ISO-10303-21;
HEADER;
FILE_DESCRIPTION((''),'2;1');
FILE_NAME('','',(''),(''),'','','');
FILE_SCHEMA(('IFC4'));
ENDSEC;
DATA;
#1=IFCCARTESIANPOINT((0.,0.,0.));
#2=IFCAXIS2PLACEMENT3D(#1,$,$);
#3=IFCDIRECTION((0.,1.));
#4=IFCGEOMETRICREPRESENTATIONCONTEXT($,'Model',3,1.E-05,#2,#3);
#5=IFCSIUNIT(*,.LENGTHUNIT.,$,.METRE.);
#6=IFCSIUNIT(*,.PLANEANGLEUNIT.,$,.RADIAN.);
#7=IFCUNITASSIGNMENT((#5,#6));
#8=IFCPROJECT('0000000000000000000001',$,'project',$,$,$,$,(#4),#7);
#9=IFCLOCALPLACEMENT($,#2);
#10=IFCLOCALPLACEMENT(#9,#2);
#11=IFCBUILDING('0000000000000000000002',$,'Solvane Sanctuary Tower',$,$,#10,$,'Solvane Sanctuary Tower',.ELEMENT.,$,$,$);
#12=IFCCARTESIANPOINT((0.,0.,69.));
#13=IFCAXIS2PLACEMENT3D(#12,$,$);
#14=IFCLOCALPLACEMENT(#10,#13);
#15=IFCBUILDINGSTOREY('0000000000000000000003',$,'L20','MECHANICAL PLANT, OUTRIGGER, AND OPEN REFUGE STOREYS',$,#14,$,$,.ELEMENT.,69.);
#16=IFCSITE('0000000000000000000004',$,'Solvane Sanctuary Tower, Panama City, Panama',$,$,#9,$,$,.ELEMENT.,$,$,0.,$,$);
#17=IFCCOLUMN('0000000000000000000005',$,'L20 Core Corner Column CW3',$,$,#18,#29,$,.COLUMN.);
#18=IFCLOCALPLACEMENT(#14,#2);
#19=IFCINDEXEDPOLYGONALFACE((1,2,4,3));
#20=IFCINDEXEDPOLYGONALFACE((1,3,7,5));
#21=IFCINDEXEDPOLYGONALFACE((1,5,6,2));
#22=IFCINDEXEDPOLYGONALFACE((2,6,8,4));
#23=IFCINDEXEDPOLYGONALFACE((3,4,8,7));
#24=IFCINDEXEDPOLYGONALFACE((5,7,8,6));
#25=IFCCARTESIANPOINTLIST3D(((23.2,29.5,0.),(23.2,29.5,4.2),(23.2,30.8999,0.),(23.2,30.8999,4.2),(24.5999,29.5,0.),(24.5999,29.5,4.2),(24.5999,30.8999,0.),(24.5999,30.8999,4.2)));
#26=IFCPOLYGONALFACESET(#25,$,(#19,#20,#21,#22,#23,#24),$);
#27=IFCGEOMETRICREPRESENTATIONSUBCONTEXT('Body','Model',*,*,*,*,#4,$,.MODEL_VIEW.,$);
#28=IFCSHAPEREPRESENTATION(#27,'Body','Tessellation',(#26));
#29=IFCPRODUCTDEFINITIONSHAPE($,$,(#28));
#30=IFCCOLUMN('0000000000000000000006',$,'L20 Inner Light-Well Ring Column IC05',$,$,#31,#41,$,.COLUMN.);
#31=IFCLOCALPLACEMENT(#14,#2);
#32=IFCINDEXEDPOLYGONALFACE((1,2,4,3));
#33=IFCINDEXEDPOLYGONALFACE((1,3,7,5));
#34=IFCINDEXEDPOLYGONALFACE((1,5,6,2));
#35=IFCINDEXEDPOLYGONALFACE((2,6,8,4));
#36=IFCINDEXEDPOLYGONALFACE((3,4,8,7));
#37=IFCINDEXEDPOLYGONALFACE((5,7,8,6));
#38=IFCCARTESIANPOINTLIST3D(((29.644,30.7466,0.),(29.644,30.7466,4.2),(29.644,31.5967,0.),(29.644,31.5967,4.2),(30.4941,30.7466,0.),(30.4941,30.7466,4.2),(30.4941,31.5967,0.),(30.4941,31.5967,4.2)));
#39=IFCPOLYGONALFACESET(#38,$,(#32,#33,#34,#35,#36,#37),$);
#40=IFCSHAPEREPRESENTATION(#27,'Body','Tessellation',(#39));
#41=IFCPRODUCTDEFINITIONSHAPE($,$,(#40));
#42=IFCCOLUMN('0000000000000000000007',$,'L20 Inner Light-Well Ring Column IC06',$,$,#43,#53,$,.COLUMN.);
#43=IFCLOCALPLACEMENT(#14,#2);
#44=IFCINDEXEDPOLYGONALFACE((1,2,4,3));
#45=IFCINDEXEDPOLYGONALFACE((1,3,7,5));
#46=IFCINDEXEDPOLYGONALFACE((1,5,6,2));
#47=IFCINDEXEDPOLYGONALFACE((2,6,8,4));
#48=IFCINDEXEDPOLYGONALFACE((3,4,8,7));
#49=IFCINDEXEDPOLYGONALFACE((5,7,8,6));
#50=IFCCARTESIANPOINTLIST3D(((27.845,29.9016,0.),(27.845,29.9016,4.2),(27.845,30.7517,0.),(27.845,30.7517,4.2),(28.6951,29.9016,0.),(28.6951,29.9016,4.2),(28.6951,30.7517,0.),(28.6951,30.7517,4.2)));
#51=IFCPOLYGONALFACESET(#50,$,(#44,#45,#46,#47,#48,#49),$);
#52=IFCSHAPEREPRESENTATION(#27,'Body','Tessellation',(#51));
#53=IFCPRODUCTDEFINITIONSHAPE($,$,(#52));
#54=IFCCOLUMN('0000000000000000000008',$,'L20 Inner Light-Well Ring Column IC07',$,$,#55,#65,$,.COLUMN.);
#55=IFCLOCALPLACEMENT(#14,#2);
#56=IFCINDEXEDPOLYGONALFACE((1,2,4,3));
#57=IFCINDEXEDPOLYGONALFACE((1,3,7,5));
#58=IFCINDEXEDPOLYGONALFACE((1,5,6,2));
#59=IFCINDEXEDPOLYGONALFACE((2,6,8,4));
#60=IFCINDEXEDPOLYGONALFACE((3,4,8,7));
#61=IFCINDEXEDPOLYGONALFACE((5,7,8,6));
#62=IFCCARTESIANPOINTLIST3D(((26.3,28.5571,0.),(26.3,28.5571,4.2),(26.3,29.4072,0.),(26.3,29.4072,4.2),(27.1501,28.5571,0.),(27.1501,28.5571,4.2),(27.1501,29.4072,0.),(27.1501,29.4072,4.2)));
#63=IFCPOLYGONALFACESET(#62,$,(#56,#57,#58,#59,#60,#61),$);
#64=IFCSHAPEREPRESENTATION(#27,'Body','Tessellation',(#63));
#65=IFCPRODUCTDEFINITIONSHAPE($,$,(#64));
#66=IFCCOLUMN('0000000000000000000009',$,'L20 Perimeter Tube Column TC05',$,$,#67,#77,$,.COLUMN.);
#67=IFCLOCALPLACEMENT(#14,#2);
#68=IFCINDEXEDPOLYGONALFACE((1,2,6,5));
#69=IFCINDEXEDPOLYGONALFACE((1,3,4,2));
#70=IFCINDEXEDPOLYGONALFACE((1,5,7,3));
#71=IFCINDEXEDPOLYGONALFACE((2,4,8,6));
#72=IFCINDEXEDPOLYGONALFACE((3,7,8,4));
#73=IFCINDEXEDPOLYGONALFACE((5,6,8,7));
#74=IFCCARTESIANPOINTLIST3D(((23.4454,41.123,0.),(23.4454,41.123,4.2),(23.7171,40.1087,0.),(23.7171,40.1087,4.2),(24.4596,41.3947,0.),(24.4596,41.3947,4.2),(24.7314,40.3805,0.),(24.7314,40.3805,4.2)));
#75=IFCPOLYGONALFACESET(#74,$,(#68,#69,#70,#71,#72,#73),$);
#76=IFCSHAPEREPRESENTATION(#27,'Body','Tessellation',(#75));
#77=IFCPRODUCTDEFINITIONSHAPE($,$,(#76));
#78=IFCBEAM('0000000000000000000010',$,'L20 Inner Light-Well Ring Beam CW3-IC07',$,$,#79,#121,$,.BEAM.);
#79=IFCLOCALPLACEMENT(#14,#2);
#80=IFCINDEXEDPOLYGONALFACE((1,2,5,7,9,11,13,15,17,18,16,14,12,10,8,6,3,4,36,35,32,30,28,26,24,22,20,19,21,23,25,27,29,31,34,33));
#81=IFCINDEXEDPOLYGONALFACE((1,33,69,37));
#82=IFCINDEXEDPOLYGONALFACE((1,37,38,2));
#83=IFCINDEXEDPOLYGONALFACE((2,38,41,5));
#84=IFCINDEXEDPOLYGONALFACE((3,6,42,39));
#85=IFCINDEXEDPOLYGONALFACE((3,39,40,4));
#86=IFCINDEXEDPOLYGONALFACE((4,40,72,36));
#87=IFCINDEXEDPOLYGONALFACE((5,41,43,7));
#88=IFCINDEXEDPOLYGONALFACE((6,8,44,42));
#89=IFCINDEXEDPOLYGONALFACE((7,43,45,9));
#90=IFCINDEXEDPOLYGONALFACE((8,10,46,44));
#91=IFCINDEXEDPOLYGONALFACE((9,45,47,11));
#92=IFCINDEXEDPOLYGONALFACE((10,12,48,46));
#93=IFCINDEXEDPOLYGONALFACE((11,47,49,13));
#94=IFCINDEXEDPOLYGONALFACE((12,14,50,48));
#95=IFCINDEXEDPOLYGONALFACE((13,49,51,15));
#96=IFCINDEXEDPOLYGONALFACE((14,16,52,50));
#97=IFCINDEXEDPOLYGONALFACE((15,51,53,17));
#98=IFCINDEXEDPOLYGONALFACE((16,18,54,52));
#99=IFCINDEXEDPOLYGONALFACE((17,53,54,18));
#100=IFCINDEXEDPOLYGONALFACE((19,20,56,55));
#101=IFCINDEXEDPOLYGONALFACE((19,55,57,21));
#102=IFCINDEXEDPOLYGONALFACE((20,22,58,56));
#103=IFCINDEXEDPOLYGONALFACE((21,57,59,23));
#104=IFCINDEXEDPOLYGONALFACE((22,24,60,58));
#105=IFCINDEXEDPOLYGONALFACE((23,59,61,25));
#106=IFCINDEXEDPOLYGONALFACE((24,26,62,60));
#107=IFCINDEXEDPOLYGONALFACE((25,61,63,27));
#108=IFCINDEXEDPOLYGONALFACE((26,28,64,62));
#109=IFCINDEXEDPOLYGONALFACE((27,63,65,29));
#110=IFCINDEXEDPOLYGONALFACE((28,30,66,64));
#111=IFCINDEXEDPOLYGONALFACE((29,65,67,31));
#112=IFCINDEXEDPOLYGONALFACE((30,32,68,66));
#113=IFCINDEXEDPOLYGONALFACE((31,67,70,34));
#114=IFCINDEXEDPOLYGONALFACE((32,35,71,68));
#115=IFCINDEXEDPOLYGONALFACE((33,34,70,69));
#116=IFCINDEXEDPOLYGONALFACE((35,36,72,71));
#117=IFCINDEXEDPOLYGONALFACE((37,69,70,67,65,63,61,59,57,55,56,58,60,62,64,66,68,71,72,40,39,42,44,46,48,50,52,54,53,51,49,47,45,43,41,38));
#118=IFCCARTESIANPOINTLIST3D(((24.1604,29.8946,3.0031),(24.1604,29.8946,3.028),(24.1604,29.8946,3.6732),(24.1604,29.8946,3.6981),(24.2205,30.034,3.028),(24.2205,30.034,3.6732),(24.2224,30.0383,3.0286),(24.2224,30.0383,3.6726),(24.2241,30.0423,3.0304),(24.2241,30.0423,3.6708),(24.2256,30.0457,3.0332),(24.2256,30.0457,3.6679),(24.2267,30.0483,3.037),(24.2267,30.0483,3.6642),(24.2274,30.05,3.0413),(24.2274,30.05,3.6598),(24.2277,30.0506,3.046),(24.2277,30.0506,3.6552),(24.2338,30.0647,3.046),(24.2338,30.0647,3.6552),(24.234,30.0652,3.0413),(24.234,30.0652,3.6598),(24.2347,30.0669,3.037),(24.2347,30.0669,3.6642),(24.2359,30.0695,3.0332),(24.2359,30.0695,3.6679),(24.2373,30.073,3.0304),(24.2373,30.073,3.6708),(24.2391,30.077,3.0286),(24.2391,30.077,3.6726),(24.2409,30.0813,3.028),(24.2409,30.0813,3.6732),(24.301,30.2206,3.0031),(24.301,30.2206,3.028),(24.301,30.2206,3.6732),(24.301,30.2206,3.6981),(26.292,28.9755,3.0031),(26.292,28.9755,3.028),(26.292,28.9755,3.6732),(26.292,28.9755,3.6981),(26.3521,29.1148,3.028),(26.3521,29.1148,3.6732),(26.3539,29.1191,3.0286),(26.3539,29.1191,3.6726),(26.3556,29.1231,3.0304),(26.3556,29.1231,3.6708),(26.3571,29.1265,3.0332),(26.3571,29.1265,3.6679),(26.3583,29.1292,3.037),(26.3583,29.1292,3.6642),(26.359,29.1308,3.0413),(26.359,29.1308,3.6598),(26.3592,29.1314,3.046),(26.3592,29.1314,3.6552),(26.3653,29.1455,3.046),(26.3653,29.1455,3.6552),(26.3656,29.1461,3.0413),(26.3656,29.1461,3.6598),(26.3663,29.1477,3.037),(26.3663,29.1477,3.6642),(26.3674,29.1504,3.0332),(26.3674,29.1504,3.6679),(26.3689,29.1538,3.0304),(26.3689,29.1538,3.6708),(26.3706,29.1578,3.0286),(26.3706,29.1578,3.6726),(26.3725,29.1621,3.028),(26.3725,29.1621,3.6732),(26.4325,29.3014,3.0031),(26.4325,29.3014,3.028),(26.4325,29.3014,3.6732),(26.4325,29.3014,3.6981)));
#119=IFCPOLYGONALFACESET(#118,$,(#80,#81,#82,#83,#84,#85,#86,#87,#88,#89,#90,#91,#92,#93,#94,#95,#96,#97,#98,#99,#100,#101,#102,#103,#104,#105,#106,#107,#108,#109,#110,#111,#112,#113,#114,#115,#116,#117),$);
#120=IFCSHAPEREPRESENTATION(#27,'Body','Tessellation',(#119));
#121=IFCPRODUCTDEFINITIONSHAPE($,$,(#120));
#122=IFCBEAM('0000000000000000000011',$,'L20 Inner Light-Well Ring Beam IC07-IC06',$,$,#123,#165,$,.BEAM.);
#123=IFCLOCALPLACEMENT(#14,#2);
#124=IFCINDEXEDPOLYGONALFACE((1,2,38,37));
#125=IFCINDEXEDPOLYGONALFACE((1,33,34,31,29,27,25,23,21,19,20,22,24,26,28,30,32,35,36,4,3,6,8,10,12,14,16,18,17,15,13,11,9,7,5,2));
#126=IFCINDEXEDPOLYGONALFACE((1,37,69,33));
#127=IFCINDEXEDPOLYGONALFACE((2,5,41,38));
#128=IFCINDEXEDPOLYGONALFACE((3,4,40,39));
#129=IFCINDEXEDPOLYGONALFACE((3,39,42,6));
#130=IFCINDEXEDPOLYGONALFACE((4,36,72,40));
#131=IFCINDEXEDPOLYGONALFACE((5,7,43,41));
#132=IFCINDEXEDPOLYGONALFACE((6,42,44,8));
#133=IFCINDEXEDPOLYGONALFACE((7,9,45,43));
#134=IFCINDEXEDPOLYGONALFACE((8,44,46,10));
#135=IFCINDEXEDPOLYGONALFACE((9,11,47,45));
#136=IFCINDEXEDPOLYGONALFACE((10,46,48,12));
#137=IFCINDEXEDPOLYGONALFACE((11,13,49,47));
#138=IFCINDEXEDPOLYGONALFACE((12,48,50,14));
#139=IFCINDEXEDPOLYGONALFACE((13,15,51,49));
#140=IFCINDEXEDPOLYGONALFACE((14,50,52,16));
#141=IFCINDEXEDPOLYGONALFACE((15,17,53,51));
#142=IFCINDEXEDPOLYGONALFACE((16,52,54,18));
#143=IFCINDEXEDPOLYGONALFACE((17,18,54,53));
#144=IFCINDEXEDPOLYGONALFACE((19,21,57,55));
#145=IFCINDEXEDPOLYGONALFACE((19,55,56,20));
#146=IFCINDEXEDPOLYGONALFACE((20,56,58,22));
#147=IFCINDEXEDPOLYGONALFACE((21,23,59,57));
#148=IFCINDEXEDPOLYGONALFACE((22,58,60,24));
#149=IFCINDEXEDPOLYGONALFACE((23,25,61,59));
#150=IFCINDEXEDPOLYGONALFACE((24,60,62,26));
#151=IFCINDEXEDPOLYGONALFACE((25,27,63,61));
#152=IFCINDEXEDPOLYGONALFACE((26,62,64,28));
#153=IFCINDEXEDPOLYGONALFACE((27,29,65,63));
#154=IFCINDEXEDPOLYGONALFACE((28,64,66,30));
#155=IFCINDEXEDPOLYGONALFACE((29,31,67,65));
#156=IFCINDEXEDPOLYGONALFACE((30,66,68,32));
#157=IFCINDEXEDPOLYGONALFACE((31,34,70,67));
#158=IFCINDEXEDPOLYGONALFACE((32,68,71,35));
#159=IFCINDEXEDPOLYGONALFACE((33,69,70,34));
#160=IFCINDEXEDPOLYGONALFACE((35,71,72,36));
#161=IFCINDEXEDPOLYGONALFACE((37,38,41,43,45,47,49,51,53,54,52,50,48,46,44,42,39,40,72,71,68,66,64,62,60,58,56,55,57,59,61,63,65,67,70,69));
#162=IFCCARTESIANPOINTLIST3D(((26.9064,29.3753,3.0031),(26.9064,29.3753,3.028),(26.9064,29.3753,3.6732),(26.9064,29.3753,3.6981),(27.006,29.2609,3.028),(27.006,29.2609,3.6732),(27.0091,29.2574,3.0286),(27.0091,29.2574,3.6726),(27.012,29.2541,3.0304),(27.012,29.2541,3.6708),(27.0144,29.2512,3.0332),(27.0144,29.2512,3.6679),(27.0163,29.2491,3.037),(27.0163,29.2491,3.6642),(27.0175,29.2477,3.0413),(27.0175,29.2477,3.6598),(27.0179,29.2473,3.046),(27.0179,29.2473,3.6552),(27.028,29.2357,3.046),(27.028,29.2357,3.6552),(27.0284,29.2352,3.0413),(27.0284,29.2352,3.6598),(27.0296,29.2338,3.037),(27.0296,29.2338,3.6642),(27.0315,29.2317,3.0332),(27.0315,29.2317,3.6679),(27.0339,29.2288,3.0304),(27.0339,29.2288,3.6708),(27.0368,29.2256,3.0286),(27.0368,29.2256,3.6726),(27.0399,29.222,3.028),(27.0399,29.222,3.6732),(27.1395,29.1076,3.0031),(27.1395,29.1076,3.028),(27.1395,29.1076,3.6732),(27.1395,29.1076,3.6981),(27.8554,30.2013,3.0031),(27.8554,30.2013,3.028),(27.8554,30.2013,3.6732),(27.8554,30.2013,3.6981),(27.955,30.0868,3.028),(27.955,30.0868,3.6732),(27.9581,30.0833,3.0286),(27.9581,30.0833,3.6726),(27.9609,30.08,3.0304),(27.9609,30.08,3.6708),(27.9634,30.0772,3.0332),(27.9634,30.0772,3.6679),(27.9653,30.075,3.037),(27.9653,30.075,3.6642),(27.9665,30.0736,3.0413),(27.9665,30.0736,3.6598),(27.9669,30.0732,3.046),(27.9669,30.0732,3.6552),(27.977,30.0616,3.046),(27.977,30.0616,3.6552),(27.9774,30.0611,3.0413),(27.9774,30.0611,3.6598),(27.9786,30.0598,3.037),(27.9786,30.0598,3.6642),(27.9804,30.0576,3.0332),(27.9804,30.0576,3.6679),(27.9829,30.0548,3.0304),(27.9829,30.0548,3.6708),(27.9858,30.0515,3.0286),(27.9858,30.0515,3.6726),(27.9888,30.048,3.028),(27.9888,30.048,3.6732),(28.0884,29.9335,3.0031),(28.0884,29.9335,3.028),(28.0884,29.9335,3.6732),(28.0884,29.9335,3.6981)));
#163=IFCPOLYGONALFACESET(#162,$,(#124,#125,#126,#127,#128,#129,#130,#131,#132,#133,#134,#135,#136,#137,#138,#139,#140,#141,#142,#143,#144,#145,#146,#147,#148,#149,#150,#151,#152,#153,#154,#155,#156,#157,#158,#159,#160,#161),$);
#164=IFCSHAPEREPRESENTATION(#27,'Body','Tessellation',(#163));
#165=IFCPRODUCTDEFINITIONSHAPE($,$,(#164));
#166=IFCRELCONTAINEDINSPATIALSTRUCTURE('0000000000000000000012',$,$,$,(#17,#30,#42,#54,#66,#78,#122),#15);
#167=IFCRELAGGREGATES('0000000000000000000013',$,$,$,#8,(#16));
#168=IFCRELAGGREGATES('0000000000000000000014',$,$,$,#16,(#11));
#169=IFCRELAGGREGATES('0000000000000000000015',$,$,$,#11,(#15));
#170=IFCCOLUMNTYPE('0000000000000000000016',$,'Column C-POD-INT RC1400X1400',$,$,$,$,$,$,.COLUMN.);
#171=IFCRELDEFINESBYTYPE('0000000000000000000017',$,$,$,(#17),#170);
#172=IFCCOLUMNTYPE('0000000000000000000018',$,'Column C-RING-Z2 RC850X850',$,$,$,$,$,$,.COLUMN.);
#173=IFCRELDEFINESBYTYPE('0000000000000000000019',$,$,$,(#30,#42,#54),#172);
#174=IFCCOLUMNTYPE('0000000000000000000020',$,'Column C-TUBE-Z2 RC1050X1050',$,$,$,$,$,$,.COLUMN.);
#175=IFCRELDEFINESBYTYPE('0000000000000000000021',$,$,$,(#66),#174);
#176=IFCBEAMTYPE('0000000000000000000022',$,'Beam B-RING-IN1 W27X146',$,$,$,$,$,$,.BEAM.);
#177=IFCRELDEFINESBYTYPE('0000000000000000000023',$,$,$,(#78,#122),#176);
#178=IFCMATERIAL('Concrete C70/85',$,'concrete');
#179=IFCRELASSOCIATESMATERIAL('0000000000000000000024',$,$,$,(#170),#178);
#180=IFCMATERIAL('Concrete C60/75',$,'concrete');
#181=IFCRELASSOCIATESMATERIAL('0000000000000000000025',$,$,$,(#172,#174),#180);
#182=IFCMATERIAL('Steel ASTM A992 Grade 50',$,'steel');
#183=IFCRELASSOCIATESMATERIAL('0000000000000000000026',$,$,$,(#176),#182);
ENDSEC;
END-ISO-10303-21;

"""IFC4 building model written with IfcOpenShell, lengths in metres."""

from ifc_helpers import new_model, si_unit, direction, frame, origin, origin_2d, place, context, subcontext, project, spatial, rectangle, i_section, extrude, material, material_profile, profile_set, type_object, element, save


model = new_model("IFC4")

# Units and contexts
model_context = context("Model", 3, precision=1e-05, world=origin(), true_north=direction((0.0, 1.0)))
body_context = subcontext(model_context, "Body", "Model", "MODEL_VIEW")
ifc_project = project(units=[si_unit("LENGTHUNIT", "METRE"), si_unit("PLANEANGLEUNIT", "RADIAN")], contexts=[model_context])

# Site, building, storey
site_placement = place(None, origin())
site = spatial("IfcSite", under=ifc_project, at=site_placement, Name="Solvane Sanctuary Tower, Panama City, Panama", CompositionType="ELEMENT", RefElevation=0.0)
building_placement = place(site_placement, origin())
building = spatial("IfcBuilding", under=site, at=building_placement, Name="Solvane Sanctuary Tower", LongName="Solvane Sanctuary Tower", CompositionType="ELEMENT")
storey_placement = place(building_placement, frame((0.0, 0.0, 69.0)))
storey = spatial("IfcBuildingStorey", under=building, at=storey_placement, Name="L20", Description="MECHANICAL PLANT, OUTRIGGER, AND OPEN REFUGE STOREYS", CompositionType="ELEMENT", Elevation=69.0)

# Columns
ifc_material_1 = material(Name="Concrete C70/85", Category="concrete")
ifc_material_profile_1 = material_profile(ifc_material_1, rectangle(XDim=1.3999, YDim=1.3999, at=origin_2d()), Name="RC1400X1400")
ifc_profile_set_1 = profile_set([ifc_material_profile_1], Name="Concrete C70/85")
column_type_1 = type_object("IfcColumnType", Name="Column C-POD-INT RC1400X1400", PredefinedType="COLUMN", material=ifc_profile_set_1)
column_1_placement = place(storey_placement, frame((23.8999, 30.2, 0.0), z_axis=(0.0, 0.0, 1.0), x_axis=(1.0, 0.0, 0.0)))
element("IfcColumn", 1, at=column_1_placement, inside=storey, type_object=column_type_1, Name="L20 Core Corner Column CW3", PredefinedType="COLUMN", context=body_context, shape_type="SweptSolid", body=[
    extrude(rectangle(XDim=1.3999, YDim=1.3999, at=origin_2d()), origin(), (0.0, 0.0, 1.0), 4.2),
])
ifc_material_2 = material(Name="Concrete C60/75", Category="concrete")
ifc_material_profile_2 = material_profile(ifc_material_2, rectangle(XDim=0.8501, YDim=0.8501, at=origin_2d()), Name="RC850X850")
ifc_profile_set_2 = profile_set([ifc_material_profile_2], Name="Concrete C60/75")
column_type_2 = type_object("IfcColumnType", Name="Column C-RING-Z2 RC850X850", PredefinedType="COLUMN", material=ifc_profile_set_2)
for number, where, z_axis, x_axis, name in (
    (2, (30.0691, 31.1716, 0.0), (0.0, 0.0, 1.0), (1.0, 0.0, 0.0), "L20 Inner Light-Well Ring Column IC05"),
    (3, (28.27, 30.3267, 0.0), (0.0, 0.0, 1.0), (1.0, 0.0, 0.0), "L20 Inner Light-Well Ring Column IC06"),
    (4, (26.7251, 28.9822, 0.0), (0.0, 0.0, 1.0), (1.0, 0.0, 0.0), "L20 Inner Light-Well Ring Column IC07"),
):
    element("IfcColumn", number, at=place(storey_placement, frame(where, z_axis=z_axis, x_axis=x_axis)), inside=storey, type_object=column_type_2, Name=name, PredefinedType="COLUMN", context=body_context, shape_type="SweptSolid", body=[
        extrude(rectangle(XDim=0.8501, YDim=0.8501, at=origin_2d()), origin(), (0.0, 0.0, 1.0), 4.2),
    ])
ifc_material_profile_3 = material_profile(ifc_material_2, rectangle(XDim=1.05, YDim=1.05, at=origin_2d()), Name="RC1050X1050")
ifc_profile_set_3 = profile_set([ifc_material_profile_3], Name="Concrete C60/75")
column_type_3 = type_object("IfcColumnType", Name="Column C-TUBE-Z2 RC1050X1050", PredefinedType="COLUMN", material=ifc_profile_set_3)
column_2_placement = place(storey_placement, frame((24.0884, 40.7517, 0.0), z_axis=(0.0, 0.0, 1.0), x_axis=(-0.258819, 0.965926, 0.0)))
element("IfcColumn", 5, at=column_2_placement, inside=storey, type_object=column_type_3, Name="L20 Perimeter Tube Column TC05", PredefinedType="COLUMN", context=body_context, shape_type="SweptSolid", body=[
    extrude(rectangle(XDim=1.05, YDim=1.05, at=origin_2d()), origin(), (0.0, 0.0, 1.0), 4.2),
])

# Beams
ifc_material_3 = material(Name="Steel ASTM A992 Grade 50", Category="steel")
ifc_material_profile_4 = material_profile(ifc_material_3, i_section(OverallWidth=0.355, OverallDepth=0.6951, WebThickness=0.0154, FlangeThickness=0.0249, FilletRadius=0.0181, at=origin_2d()), Name="W27X146")
ifc_profile_set_4 = profile_set([ifc_material_profile_4], Name="Steel ASTM A992 Grade 50")
beam_type_1 = type_object("IfcBeamType", Name="Beam B-RING-IN1 W27X146", PredefinedType="BEAM", material=ifc_profile_set_4)
beam_1_placement = place(storey_placement, frame((24.2307, 30.0576, 3.3506), z_axis=(0.918261, -0.395975, 0.0), x_axis=(0.395975, 0.918261, 0.0)))
element("IfcBeam", 6, at=beam_1_placement, inside=storey, type_object=beam_type_1, Name="L20 Inner Light-Well Ring Beam CW3-IC07", PredefinedType="BEAM", context=body_context, shape_type="SweptSolid", body=[
    extrude(i_section(OverallWidth=0.355, OverallDepth=0.6951, WebThickness=0.0154, FlangeThickness=0.0249, FilletRadius=0.0181, at=origin_2d()), origin(), (0.0, 0.0, 1.0), 2.3213),
])
beam_2_placement = place(storey_placement, frame((27.0229, 29.2415, 3.3506), z_axis=(0.754317, 0.65651, 0.0), x_axis=(-0.65651, 0.754317, 0.0)))
element("IfcBeam", 7, at=beam_2_placement, inside=storey, type_object=beam_type_1, Name="L20 Inner Light-Well Ring Beam IC07-IC06", PredefinedType="BEAM", context=body_context, shape_type="SweptSolid", body=[
    extrude(i_section(OverallWidth=0.355, OverallDepth=0.6951, WebThickness=0.0154, FlangeThickness=0.0249, FilletRadius=0.0181, at=origin_2d()), origin(), (0.0, 0.0, 1.0), 1.2581),
])

save(model, "model.ifc")
